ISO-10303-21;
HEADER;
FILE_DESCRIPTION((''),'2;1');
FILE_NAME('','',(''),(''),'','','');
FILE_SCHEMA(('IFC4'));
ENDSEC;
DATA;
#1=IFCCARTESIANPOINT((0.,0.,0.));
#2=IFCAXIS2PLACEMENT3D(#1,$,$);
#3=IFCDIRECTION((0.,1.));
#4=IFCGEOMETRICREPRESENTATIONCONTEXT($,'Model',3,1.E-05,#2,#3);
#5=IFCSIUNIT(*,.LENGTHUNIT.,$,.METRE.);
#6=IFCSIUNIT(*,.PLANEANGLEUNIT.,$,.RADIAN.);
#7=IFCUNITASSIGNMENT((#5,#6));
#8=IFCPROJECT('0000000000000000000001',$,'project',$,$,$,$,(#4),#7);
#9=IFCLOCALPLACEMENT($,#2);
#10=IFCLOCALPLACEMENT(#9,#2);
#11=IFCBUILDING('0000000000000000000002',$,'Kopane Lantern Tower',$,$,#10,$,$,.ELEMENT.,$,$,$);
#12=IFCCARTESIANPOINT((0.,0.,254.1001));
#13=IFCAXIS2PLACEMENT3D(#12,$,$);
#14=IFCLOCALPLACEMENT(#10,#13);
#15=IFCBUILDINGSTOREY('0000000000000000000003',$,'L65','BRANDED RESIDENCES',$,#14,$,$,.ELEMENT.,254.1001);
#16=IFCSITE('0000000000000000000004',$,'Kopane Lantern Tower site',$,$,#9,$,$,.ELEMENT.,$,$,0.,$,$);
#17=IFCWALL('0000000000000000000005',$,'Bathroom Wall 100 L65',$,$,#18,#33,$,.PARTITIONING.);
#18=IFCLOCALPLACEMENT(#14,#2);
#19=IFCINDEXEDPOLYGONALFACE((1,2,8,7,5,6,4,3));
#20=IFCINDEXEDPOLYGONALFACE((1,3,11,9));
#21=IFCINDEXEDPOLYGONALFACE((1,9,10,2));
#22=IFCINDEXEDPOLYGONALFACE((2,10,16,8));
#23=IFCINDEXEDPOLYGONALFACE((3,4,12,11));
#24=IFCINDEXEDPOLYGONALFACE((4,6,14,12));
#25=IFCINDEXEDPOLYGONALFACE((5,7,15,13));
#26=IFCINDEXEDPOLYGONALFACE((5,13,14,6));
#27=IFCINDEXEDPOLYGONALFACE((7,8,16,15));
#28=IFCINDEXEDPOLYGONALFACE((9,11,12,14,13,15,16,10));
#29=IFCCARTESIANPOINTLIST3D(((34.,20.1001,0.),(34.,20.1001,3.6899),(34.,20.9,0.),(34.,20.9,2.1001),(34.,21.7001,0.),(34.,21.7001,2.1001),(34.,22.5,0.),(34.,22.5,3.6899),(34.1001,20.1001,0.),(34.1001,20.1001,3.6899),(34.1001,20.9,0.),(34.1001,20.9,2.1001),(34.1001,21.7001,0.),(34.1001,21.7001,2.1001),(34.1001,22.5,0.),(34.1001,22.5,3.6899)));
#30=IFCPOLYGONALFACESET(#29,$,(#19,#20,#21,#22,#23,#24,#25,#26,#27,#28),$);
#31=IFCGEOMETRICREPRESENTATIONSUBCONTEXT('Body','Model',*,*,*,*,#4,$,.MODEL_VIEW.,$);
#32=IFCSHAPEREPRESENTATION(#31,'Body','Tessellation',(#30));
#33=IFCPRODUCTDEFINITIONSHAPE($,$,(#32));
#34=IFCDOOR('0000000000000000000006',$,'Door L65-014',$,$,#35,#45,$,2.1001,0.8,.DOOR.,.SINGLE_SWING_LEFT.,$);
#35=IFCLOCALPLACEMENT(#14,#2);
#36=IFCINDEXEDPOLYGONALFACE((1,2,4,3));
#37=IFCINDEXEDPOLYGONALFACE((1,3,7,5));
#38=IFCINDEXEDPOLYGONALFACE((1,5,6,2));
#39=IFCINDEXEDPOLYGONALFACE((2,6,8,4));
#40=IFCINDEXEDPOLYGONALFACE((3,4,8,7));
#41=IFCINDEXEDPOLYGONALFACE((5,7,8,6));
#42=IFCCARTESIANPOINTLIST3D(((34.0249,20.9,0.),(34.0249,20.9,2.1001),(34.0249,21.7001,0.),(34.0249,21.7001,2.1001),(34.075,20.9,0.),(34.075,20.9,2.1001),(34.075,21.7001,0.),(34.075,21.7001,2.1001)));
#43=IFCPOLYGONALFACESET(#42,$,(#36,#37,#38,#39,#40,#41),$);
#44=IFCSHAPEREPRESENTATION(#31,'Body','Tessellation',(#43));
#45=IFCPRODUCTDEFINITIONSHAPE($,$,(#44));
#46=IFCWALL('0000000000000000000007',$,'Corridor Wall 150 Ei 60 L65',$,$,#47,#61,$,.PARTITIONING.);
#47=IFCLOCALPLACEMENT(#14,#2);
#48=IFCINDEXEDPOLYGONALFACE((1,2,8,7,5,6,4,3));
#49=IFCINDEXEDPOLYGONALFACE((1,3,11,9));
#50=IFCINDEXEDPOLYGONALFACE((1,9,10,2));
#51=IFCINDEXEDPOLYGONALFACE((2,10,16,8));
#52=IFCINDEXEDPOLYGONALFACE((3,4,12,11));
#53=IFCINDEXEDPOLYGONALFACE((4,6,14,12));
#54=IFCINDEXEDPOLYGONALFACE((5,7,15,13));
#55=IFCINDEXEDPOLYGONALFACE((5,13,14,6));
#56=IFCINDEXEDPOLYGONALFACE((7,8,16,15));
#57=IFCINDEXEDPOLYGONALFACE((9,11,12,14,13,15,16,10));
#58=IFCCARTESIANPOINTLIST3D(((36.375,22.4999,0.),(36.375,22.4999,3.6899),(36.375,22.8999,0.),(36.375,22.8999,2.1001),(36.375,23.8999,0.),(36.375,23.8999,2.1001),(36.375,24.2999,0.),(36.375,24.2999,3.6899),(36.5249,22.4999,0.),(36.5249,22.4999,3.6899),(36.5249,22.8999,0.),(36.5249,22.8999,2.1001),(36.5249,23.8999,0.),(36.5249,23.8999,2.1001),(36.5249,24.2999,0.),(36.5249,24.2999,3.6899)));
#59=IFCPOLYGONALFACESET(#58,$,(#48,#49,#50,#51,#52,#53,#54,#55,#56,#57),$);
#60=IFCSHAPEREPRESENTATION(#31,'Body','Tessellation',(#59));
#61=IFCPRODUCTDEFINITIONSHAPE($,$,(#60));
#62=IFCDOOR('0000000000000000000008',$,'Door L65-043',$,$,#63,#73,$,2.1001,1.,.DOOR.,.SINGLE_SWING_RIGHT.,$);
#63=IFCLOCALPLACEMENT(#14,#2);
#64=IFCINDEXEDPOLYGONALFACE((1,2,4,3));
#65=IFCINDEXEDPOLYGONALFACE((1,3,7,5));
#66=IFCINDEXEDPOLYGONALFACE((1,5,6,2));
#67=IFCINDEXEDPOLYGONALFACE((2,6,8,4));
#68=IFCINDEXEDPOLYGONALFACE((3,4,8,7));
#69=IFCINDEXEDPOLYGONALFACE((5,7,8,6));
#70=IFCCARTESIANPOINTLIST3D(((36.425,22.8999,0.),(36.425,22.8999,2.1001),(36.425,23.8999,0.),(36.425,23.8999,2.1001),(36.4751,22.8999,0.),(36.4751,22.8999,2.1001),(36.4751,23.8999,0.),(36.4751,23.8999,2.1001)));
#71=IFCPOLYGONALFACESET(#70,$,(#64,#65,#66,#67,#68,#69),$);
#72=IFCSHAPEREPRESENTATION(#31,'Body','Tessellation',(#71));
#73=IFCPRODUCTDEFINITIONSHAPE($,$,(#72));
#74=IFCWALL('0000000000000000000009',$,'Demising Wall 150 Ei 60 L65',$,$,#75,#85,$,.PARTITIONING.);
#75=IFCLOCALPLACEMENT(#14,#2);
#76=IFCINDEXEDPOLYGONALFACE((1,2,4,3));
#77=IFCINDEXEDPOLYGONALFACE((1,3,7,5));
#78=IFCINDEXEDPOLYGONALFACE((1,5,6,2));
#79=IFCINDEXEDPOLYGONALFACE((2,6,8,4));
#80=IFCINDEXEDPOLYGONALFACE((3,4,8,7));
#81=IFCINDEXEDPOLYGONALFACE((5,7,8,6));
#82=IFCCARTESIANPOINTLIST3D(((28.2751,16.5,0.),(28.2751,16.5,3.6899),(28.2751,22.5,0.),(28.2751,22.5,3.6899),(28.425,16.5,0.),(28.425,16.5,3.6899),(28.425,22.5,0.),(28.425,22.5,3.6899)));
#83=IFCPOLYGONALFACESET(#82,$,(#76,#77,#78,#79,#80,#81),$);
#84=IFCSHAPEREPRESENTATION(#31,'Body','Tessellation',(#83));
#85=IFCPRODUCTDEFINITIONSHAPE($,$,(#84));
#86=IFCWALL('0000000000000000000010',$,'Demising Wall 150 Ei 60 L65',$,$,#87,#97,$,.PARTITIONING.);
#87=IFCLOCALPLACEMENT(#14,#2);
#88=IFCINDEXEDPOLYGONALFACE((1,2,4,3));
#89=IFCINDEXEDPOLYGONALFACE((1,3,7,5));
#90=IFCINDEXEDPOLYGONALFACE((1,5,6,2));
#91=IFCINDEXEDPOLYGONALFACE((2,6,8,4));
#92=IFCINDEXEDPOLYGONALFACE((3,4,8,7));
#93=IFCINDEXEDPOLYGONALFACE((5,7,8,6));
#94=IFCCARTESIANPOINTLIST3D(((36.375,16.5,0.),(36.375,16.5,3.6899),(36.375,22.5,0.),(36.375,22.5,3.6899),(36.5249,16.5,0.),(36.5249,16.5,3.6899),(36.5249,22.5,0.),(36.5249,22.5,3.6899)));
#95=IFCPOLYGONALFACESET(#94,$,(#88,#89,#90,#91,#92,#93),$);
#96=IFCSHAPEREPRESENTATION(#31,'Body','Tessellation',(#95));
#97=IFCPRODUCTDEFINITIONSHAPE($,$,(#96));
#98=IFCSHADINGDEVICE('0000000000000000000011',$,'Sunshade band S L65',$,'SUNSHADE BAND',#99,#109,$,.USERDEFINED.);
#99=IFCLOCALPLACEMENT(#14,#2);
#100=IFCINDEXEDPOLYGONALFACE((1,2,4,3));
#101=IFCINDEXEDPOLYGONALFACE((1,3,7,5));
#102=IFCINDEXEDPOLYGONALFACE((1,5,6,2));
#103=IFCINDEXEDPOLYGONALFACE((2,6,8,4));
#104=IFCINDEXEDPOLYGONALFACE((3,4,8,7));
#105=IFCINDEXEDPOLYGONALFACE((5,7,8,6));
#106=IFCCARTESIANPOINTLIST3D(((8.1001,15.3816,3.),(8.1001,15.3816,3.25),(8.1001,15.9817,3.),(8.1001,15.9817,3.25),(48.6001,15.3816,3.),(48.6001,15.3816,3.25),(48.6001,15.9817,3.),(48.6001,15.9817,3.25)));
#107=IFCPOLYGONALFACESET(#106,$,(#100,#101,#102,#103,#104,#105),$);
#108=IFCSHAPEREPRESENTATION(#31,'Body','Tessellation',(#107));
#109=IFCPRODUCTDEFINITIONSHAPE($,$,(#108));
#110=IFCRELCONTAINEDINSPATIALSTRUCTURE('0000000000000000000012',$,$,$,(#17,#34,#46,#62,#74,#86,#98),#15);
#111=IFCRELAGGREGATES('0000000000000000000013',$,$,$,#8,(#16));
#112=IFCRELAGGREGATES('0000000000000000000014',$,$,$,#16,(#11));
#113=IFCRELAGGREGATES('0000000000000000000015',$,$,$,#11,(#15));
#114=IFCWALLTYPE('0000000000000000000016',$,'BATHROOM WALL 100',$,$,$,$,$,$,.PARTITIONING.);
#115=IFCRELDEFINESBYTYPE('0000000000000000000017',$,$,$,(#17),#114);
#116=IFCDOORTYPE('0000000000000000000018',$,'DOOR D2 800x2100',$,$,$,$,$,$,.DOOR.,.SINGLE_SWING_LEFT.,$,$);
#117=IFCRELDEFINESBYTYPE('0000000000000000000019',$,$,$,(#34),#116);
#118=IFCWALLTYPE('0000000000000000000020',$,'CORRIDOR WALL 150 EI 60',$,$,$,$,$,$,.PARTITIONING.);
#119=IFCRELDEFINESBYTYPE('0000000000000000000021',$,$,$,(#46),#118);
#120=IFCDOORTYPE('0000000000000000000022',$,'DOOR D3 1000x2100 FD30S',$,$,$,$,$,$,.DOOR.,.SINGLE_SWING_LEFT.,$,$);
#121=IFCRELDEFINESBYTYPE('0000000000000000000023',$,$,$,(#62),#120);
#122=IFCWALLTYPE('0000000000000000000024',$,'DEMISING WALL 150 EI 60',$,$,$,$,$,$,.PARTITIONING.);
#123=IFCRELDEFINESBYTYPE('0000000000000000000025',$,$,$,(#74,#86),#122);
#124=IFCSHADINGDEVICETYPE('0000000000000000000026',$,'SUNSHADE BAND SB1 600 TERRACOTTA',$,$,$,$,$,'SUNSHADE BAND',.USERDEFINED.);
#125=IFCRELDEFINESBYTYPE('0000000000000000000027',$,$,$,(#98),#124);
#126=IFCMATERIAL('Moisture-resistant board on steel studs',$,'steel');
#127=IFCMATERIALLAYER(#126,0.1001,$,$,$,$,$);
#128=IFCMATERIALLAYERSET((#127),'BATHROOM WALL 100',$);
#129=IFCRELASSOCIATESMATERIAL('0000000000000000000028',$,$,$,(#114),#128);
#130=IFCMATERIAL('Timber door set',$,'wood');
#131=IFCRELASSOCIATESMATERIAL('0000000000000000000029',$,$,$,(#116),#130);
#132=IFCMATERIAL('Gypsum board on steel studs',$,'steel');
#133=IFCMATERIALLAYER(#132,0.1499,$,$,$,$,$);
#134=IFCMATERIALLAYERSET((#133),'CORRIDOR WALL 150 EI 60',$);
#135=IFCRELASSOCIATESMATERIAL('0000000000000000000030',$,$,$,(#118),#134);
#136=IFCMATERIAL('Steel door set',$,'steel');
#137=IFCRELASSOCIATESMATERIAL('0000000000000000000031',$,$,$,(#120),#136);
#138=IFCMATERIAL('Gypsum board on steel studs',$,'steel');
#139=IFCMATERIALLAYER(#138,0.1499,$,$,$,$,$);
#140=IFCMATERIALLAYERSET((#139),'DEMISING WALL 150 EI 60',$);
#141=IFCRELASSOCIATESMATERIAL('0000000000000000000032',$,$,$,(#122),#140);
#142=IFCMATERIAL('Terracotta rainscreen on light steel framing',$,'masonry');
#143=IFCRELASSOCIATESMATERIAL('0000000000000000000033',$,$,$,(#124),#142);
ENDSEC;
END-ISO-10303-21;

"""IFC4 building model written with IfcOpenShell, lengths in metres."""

from ifc_helpers import new_model, si_unit, direction, frame, frame_2d, origin, origin_2d, place, context, subcontext, project, spatial, rectangle, extrude, material, layer, layer_set, type_object, element, fill, save


model = new_model("IFC4")

# Units and contexts
model_context = context("Model", 3, precision=1e-05, world=origin(), true_north=direction((0.0, 1.0)))
body_context = subcontext(model_context, "Body", "Model", "MODEL_VIEW")
ifc_project = project(units=[si_unit("LENGTHUNIT", "METRE"), si_unit("PLANEANGLEUNIT", "RADIAN")], contexts=[model_context])

# Site, building, storey
site_placement = place(None, origin())
site = spatial("IfcSite", under=ifc_project, at=site_placement, Name="Kopane Lantern Tower site", CompositionType="ELEMENT", RefElevation=0.0)
building_placement = place(site_placement, origin())
building = spatial("IfcBuilding", under=site, at=building_placement, Name="Kopane Lantern Tower", CompositionType="ELEMENT")
storey_placement = place(building_placement, frame((0.0, 0.0, 254.1001)))
storey = spatial("IfcBuildingStorey", under=building, at=storey_placement, Name="L65", Description="BRANDED RESIDENCES", CompositionType="ELEMENT", Elevation=254.1001)

# Walls, openings, doors
ifc_material_1 = material(Name="Moisture-resistant board on steel studs", Category="steel")
ifc_layer_1 = layer(ifc_material_1, 0.1001)
ifc_layer_set_1 = layer_set([ifc_layer_1], Name="BATHROOM WALL 100")
wall_type_1 = type_object("IfcWallType", Name="BATHROOM WALL 100", PredefinedType="PARTITIONING", material=ifc_layer_set_1)
ifc_material_2 = material(Name="Timber door set", Category="wood")
door_type_1 = type_object("IfcDoorType", Name="DOOR D2 800x2100", OperationType="SINGLE_SWING_LEFT", PredefinedType="DOOR", material=ifc_material_2)
wall_1_placement = place(storey_placement, frame((34.05, 22.5, 0.0), z_axis=(0.0, 0.0, 1.0), x_axis=(0.0, -1.0, 0.0)))
wall_1 = element("IfcWall", 1, at=wall_1_placement, inside=storey, type_object=wall_type_1, Name="Bathroom Wall 100 L65", PredefinedType="PARTITIONING", context=body_context, shape_type="SweptSolid", body=[
    extrude(rectangle(XDim=2.3999, YDim=0.1001, at=frame_2d((1.2, 0.0))), origin(), (0.0, 0.0, 1.0), 3.6899),
])
opening_1_placement = place(wall_1_placement, frame((0.8, 0.0, 0.0)))
opening_1 = element("IfcOpeningElement", 2, at=opening_1_placement, cuts=wall_1, PredefinedType="OPENING", context=body_context, shape_type="SweptSolid", body=[
    extrude(rectangle(XDim=0.8, YDim=2.1001, at=frame_2d((0.3999, 1.05))), frame((0.0, 0.0601, 0.0), z_axis=(0.0, -1.0, 0.0), x_axis=(1.0, 0.0, 0.0)), (0.0, 0.0, 1.0), 0.1201),
])
door_1_placement = place(opening_1_placement, origin())
door_1 = element("IfcDoor", 3, at=door_1_placement, inside=storey, type_object=door_type_1, Name="Door L65-014", OperationType="SINGLE_SWING_LEFT", OverallHeight=2.1001, OverallWidth=0.8, PredefinedType="DOOR", context=body_context, shape_type="SweptSolid", body=[
    extrude(rectangle(XDim=0.8, YDim=2.1001, at=frame_2d((0.3999, 1.05))), frame((0.0, 0.0249, 0.0), z_axis=(0.0, -1.0, 0.0), x_axis=(1.0, 0.0, 0.0)), (0.0, 0.0, 1.0), 0.05),
])
fill(opening_1, door_1)
ifc_material_3 = material(Name="Gypsum board on steel studs", Category="steel")
ifc_layer_2 = layer(ifc_material_3, 0.1499)
ifc_layer_set_2 = layer_set([ifc_layer_2], Name="CORRIDOR WALL 150 EI 60")
wall_type_2 = type_object("IfcWallType", Name="CORRIDOR WALL 150 EI 60", PredefinedType="PARTITIONING", material=ifc_layer_set_2)
wall_2_placement = place(storey_placement, frame((36.45, 22.5, 0.0), z_axis=(0.0, 0.0, 1.0), x_axis=(0.0, 1.0, 0.0)))
wall_2 = element("IfcWall", 4, at=wall_2_placement, inside=storey, type_object=wall_type_2, Name="Corridor Wall 150 Ei 60 L65", PredefinedType="PARTITIONING", context=body_context, shape_type="SweptSolid", body=[
    extrude(rectangle(XDim=1.8, YDim=0.1499, at=frame_2d((0.8999, 0.0))), origin(), (0.0, 0.0, 1.0), 3.6899),
])
opening_2_placement = place(wall_2_placement, frame((0.3999, 0.0, 0.0)))
opening_2 = element("IfcOpeningElement", 5, at=opening_2_placement, cuts=wall_2, PredefinedType="OPENING", context=body_context, shape_type="SweptSolid", body=[
    extrude(rectangle(XDim=1.0, YDim=2.1001, at=frame_2d((0.5, 1.05))), frame((0.0, 0.085, 0.0), z_axis=(0.0, -1.0, 0.0), x_axis=(1.0, 0.0, 0.0)), (0.0, 0.0, 1.0), 0.1699),
])
ifc_material_4 = material(Name="Steel door set", Category="steel")
door_type_2 = type_object("IfcDoorType", Name="DOOR D3 1000x2100 FD30S", OperationType="SINGLE_SWING_LEFT", PredefinedType="DOOR", material=ifc_material_4)
door_2_placement = place(opening_2_placement, origin())
door_2 = element("IfcDoor", 6, at=door_2_placement, inside=storey, type_object=door_type_2, Name="Door L65-043", OperationType="SINGLE_SWING_RIGHT", OverallHeight=2.1001, OverallWidth=1.0, PredefinedType="DOOR", context=body_context, shape_type="SweptSolid", body=[
    extrude(rectangle(XDim=1.0, YDim=2.1001, at=frame_2d((0.5, 1.05))), frame((0.0, 0.0249, 0.0), z_axis=(0.0, -1.0, 0.0), x_axis=(1.0, 0.0, 0.0)), (0.0, 0.0, 1.0), 0.05),
])
fill(opening_2, door_2)

# Walls
ifc_material_5 = material(Name="Gypsum board on steel studs", Category="steel")
ifc_layer_3 = layer(ifc_material_5, 0.1499)
ifc_layer_set_3 = layer_set([ifc_layer_3], Name="DEMISING WALL 150 EI 60")
wall_type_3 = type_object("IfcWallType", Name="DEMISING WALL 150 EI 60", PredefinedType="PARTITIONING", material=ifc_layer_set_3)
for number, where, z_axis, x_axis, name in (
    (7, (28.3501, 22.5, 0.0), (0.0, 0.0, 1.0), (0.0, -1.0, 0.0), "Demising Wall 150 Ei 60 L65"),
    (8, (36.45, 16.5, 0.0), (0.0, 0.0, 1.0), (0.0, 1.0, 0.0), "Demising Wall 150 Ei 60 L65"),
):
    element("IfcWall", number, at=place(storey_placement, frame(where, z_axis=z_axis, x_axis=x_axis)), inside=storey, type_object=wall_type_3, Name=name, PredefinedType="PARTITIONING", context=body_context, shape_type="SweptSolid", body=[
        extrude(rectangle(XDim=6.0, YDim=0.1499, at=frame_2d((3.0, 0.0))), origin(), (0.0, 0.0, 1.0), 3.6899),
    ])

# Shading device
ifc_material_6 = material(Name="Terracotta rainscreen on light steel framing", Category="masonry")
shading_device_type = type_object("IfcShadingDeviceType", Name="SUNSHADE BAND SB1 600 TERRACOTTA", ElementType="SUNSHADE BAND", PredefinedType="USERDEFINED", material=ifc_material_6)
shading_device_placement = place(storey_placement, frame((28.3501, 15.6816, 3.0), z_axis=(0.0, 0.0, 1.0), x_axis=(1.0, 0.0, 0.0)))
element("IfcShadingDevice", 9, at=shading_device_placement, inside=storey, type_object=shading_device_type, Name="Sunshade band S L65", ObjectType="SUNSHADE BAND", PredefinedType="USERDEFINED", context=body_context, shape_type="SweptSolid", body=[
    extrude(rectangle(XDim=40.5, YDim=0.6001, at=origin_2d()), origin(), (0.0, 0.0, 1.0), 0.25),
])

save(model, "model.ifc")
